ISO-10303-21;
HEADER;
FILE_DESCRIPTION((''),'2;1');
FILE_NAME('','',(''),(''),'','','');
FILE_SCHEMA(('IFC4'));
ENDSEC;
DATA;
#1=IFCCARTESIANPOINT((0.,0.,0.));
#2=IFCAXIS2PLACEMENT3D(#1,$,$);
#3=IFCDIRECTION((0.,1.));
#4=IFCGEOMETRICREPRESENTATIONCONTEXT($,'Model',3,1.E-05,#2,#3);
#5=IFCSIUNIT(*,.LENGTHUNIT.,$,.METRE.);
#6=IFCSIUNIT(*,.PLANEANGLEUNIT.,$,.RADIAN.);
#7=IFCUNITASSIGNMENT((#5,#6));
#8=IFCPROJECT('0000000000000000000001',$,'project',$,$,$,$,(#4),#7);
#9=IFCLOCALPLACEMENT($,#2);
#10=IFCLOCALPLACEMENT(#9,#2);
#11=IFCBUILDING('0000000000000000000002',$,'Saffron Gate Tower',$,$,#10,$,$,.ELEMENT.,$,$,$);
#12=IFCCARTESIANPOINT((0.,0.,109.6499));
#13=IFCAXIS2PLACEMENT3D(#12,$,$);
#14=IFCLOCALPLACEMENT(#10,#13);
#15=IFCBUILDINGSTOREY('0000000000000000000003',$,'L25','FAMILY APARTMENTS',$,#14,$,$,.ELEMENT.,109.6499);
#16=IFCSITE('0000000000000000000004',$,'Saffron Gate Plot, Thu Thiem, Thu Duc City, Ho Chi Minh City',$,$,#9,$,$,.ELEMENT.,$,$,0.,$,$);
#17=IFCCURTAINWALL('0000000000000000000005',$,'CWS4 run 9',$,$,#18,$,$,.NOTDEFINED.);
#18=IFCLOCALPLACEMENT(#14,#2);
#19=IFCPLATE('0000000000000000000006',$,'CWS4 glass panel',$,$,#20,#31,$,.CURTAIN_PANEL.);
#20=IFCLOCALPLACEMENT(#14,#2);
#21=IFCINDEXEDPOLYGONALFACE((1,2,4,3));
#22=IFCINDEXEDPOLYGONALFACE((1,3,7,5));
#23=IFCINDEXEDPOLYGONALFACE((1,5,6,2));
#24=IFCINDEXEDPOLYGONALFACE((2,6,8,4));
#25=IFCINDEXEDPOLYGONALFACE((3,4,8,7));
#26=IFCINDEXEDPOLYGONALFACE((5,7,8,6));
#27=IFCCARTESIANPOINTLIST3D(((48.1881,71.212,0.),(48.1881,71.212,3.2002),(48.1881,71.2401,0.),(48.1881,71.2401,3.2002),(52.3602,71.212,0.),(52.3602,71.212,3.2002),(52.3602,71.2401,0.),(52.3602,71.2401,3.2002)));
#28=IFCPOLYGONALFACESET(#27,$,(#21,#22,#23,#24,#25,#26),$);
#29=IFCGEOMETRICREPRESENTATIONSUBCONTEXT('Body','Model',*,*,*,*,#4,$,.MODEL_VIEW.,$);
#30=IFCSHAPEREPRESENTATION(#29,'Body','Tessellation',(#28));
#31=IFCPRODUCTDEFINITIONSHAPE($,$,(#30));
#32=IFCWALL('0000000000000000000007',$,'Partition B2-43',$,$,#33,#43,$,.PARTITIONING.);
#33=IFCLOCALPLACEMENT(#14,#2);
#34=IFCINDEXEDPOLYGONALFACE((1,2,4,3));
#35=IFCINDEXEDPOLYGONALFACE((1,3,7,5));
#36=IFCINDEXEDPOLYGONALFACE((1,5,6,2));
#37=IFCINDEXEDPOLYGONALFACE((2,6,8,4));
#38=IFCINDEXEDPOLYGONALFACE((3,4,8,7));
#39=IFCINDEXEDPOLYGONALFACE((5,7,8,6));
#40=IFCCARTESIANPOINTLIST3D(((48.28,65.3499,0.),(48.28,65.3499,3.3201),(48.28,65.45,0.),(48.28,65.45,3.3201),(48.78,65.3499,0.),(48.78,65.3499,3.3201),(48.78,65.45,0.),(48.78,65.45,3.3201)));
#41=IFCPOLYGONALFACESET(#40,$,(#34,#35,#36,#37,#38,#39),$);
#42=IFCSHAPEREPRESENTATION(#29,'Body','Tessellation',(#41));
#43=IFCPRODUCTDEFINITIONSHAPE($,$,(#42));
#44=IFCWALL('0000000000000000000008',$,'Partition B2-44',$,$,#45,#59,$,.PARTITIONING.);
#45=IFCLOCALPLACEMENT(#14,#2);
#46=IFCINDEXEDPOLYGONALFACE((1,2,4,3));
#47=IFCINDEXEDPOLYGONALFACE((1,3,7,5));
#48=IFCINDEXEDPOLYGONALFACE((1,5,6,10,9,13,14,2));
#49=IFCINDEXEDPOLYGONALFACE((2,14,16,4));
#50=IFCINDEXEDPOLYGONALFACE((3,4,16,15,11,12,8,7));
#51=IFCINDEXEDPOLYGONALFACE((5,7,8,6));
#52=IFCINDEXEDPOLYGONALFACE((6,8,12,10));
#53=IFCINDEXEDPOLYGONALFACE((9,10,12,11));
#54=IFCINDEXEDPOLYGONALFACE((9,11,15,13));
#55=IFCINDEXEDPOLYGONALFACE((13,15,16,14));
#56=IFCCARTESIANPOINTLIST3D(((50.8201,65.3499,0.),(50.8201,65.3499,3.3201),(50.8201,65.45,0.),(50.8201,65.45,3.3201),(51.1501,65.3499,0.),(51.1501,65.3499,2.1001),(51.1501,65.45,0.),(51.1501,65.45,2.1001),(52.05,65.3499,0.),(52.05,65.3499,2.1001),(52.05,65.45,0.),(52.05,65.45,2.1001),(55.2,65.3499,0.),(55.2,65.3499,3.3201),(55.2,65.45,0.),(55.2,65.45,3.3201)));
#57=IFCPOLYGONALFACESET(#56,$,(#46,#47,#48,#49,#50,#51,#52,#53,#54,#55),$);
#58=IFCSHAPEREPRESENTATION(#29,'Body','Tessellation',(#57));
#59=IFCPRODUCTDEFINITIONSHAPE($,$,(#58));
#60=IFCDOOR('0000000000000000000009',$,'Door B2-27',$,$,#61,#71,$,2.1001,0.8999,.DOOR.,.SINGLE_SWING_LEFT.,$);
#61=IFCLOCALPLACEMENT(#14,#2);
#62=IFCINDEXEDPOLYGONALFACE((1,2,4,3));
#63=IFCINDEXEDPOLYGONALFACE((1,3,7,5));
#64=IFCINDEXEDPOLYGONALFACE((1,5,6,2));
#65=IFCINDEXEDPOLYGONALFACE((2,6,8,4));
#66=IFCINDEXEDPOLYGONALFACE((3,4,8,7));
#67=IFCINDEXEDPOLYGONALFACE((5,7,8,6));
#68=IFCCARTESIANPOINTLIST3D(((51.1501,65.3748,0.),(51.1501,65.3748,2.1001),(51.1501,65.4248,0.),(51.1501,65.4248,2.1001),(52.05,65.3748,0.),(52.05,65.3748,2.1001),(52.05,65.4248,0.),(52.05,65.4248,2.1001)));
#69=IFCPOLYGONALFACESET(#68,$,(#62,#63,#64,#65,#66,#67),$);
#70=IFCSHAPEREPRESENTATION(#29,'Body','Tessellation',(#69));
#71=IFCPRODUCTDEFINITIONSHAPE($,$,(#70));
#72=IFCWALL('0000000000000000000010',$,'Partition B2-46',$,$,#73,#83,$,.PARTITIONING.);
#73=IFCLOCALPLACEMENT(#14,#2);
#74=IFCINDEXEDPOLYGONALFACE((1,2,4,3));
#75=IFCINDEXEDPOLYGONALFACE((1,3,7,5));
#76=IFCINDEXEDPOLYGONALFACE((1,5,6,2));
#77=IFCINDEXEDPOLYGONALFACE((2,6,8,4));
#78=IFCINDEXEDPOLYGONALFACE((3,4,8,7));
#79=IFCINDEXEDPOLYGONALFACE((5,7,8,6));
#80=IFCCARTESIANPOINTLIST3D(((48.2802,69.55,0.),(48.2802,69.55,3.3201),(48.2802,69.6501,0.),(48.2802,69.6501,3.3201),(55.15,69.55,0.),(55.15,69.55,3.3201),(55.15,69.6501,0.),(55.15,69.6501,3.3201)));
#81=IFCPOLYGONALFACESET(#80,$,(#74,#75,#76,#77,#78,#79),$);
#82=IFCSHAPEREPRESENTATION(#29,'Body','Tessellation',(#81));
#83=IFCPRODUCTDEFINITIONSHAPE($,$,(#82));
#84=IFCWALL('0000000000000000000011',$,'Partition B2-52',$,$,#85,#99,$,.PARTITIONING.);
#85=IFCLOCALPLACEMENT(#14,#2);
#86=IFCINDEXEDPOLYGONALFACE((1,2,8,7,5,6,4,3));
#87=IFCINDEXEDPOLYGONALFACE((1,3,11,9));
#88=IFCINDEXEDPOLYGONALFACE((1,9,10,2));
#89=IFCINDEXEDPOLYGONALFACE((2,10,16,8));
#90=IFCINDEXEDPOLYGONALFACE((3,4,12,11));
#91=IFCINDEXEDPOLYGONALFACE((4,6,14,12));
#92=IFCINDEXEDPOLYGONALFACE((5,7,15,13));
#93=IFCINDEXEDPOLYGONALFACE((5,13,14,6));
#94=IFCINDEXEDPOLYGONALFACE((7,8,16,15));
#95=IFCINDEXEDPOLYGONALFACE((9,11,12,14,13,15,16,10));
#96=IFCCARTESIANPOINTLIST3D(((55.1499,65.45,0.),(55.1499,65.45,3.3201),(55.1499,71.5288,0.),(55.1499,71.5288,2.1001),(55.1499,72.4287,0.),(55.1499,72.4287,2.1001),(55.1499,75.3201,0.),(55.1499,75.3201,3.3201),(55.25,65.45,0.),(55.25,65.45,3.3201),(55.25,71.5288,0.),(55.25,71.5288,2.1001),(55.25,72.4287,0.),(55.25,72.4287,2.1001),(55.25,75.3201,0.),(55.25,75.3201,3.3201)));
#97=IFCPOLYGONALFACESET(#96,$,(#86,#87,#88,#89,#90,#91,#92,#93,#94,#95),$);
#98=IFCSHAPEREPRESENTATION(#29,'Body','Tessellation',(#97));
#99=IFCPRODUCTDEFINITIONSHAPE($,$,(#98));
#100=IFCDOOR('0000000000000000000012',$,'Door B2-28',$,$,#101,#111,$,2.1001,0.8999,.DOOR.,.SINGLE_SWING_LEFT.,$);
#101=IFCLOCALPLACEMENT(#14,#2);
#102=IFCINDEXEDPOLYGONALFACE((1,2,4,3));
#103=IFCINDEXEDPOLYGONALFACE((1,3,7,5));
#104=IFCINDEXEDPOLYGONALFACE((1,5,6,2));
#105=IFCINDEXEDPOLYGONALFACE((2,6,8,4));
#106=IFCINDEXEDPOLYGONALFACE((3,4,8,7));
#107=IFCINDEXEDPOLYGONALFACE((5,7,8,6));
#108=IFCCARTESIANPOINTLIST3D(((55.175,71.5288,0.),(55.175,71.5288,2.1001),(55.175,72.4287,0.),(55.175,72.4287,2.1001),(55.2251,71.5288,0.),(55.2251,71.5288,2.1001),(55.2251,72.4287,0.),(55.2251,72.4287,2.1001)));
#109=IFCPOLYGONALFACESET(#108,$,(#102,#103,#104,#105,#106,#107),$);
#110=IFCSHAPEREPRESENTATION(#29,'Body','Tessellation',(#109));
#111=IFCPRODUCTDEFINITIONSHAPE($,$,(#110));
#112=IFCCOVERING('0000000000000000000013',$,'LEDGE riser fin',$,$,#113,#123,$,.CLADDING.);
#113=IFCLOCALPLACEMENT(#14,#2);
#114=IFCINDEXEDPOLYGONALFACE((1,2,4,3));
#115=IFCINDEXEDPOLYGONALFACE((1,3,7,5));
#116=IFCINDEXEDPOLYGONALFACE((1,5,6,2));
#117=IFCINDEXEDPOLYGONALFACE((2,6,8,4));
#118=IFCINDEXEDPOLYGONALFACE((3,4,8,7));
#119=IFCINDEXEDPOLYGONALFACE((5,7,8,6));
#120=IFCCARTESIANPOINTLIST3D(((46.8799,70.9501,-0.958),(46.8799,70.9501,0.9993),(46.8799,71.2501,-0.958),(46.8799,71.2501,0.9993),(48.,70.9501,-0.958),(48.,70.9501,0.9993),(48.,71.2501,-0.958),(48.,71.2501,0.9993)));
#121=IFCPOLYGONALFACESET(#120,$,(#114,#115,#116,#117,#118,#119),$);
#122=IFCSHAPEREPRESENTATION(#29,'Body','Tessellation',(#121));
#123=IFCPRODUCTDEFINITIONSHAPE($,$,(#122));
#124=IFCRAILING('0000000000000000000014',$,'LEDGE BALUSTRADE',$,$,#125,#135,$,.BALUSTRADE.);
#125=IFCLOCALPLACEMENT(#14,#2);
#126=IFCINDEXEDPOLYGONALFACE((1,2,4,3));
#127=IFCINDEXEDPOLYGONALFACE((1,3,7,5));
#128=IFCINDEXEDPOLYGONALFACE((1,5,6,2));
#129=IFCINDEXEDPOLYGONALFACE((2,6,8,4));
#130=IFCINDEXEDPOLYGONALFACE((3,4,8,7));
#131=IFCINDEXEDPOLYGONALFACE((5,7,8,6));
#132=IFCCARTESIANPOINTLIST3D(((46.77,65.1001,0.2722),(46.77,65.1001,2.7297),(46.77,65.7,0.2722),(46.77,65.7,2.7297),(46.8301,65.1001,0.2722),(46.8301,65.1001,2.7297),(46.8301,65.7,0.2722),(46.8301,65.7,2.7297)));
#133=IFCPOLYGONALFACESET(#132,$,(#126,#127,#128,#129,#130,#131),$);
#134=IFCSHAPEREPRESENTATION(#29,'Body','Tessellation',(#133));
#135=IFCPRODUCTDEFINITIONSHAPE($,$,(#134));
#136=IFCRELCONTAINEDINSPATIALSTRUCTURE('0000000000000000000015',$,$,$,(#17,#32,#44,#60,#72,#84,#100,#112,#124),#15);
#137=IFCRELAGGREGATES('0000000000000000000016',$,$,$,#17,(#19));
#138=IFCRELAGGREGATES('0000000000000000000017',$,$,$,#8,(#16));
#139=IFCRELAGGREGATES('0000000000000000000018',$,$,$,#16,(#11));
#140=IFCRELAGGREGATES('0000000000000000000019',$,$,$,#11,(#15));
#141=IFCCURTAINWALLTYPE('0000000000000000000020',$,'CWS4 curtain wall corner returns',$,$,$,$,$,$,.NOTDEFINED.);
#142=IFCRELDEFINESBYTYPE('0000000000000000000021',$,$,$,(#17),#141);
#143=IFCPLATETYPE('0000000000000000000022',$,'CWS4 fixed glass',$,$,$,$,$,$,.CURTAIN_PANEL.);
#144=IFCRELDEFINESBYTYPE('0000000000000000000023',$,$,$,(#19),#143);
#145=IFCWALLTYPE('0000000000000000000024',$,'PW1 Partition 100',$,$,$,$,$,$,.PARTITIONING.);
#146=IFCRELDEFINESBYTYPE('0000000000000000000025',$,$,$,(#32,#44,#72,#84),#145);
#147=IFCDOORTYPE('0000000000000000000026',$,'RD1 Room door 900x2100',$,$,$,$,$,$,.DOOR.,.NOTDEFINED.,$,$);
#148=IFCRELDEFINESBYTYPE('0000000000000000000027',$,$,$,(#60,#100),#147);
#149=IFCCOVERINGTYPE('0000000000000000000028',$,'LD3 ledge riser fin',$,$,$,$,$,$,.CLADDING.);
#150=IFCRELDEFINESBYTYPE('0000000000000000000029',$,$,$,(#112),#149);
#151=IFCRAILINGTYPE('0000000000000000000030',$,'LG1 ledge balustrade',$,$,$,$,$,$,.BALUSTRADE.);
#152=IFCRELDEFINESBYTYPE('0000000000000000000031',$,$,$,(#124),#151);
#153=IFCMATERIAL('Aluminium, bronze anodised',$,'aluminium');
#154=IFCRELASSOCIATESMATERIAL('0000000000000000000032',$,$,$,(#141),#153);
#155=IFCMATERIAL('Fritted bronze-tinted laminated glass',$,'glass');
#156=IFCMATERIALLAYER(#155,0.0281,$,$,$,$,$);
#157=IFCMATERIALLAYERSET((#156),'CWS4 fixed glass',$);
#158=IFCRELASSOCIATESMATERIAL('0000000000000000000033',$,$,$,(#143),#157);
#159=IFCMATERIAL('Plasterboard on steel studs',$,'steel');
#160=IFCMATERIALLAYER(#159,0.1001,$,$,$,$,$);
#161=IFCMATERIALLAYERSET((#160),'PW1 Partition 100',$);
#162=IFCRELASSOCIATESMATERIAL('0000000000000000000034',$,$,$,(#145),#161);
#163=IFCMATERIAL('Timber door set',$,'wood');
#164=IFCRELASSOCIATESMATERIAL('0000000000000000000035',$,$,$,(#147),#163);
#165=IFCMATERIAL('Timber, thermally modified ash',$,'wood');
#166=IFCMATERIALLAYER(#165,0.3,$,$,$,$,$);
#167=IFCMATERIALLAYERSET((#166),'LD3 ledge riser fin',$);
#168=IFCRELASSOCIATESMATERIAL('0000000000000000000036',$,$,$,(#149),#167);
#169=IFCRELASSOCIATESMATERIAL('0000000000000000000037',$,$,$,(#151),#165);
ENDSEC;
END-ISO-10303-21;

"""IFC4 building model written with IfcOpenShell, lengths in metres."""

from ifc_helpers import new_model, si_unit, direction, frame, frame_2d, origin, origin_2d, place, context, subcontext, project, spatial, rectangle, extrude, material, layer, layer_set, type_object, element, fill, aggregate, save


model = new_model("IFC4")

# Units and contexts
model_context = context("Model", 3, precision=1e-05, world=origin(), true_north=direction((0.0, 1.0)))
body_context = subcontext(model_context, "Body", "Model", "MODEL_VIEW")
ifc_project = project(units=[si_unit("LENGTHUNIT", "METRE"), si_unit("PLANEANGLEUNIT", "RADIAN")], contexts=[model_context])

# Site, building, storey
site_placement = place(None, origin())
site = spatial("IfcSite", under=ifc_project, at=site_placement, Name="Saffron Gate Plot, Thu Thiem, Thu Duc City, Ho Chi Minh City", CompositionType="ELEMENT", RefElevation=0.0)
building_placement = place(site_placement, origin())
building = spatial("IfcBuilding", under=site, at=building_placement, Name="Saffron Gate Tower", CompositionType="ELEMENT")
storey_placement = place(building_placement, frame((0.0, 0.0, 109.6499)))
storey = spatial("IfcBuildingStorey", under=building, at=storey_placement, Name="L25", Description="FAMILY APARTMENTS", CompositionType="ELEMENT", Elevation=109.6499)

# Shared definitions
ifc_material_1 = material(Name="Aluminium, bronze anodised", Category="aluminium")

# Curtain wall
curtain_wall_type_1 = type_object("IfcCurtainWallType", Name="CWS4 curtain wall corner returns", PredefinedType="NOTDEFINED", material=ifc_material_1)
curtain_wall_1_placement = place(storey_placement, origin())
curtain_wall_1 = element("IfcCurtainWall", 1, at=curtain_wall_1_placement, inside=storey, type_object=curtain_wall_type_1, Name="CWS4 run 9", PredefinedType="NOTDEFINED")

# Shared definitions
ifc_material_2 = material(Name="Fritted bronze-tinted laminated glass", Category="glass")

# Plate
ifc_layer_1 = layer(ifc_material_2, 0.0281)
ifc_layer_set_1 = layer_set([ifc_layer_1], Name="CWS4 fixed glass")
plate_type_1 = type_object("IfcPlateType", Name="CWS4 fixed glass", PredefinedType="CURTAIN_PANEL", material=ifc_layer_set_1)
plate_1_placement = place(storey_placement, frame((52.3601, 71.2261, 0.0), z_axis=(0.0, 0.0, 1.0), x_axis=(-1.0, 0.0, 0.0)))
plate_1 = element("IfcPlate", 2, at=plate_1_placement, type_object=plate_type_1, Name="CWS4 glass panel", PredefinedType="CURTAIN_PANEL", context=body_context, shape_type="SweptSolid", body=[
    extrude(rectangle(XDim=4.1721, YDim=0.0281, at=frame_2d((2.0859, 0.0))), origin(), (0.0, 0.0, 1.0), 3.2002),
])
aggregate(curtain_wall_1, [plate_1])

# Wall
ifc_material_3 = material(Name="Plasterboard on steel studs", Category="steel")
ifc_layer_2 = layer(ifc_material_3, 0.1001)
ifc_layer_set_2 = layer_set([ifc_layer_2], Name="PW1 Partition 100")
wall_type = type_object("IfcWallType", Name="PW1 Partition 100", PredefinedType="PARTITIONING", material=ifc_layer_set_2)
wall_1_placement = place(storey_placement, frame((48.28, 65.3999, 0.0), z_axis=(0.0, 0.0, 1.0), x_axis=(1.0, 0.0, 0.0)))
element("IfcWall", 3, at=wall_1_placement, inside=storey, type_object=wall_type, Name="Partition B2-43", PredefinedType="PARTITIONING", context=body_context, shape_type="SweptSolid", body=[
    extrude(rectangle(XDim=0.5, YDim=0.1001, at=frame_2d((0.25, 0.0))), origin(), (0.0, 0.0, 1.0), 3.3201),
])

# Wall, opening, door
wall_2_placement = place(storey_placement, frame((50.8201, 65.3999, 0.0), z_axis=(0.0, 0.0, 1.0), x_axis=(1.0, 0.0, 0.0)))
wall_2 = element("IfcWall", 4, at=wall_2_placement, inside=storey, type_object=wall_type, Name="Partition B2-44", PredefinedType="PARTITIONING", context=body_context, shape_type="SweptSolid", body=[
    extrude(rectangle(XDim=4.3799, YDim=0.1001, at=frame_2d((2.1899, 0.0))), origin(), (0.0, 0.0, 1.0), 3.3201),
])
opening_1_placement = place(wall_2_placement, frame((0.3301, 0.0, 0.0)))
opening_1 = element("IfcOpeningElement", 5, at=opening_1_placement, cuts=wall_2, PredefinedType="OPENING", context=body_context, shape_type="SweptSolid", body=[
    extrude(rectangle(XDim=0.8999, YDim=2.1001, at=frame_2d((0.45, 1.05))), frame((0.0, 0.0601, 0.0), z_axis=(0.0, -1.0, 0.0), x_axis=(1.0, 0.0, 0.0)), (0.0, 0.0, 1.0), 0.1201),
])
ifc_material_4 = material(Name="Timber door set", Category="wood")
door_type = type_object("IfcDoorType", Name="RD1 Room door 900x2100", OperationType="NOTDEFINED", PredefinedType="DOOR", material=ifc_material_4)
door_1_placement = place(opening_1_placement, origin())
door_1 = element("IfcDoor", 6, at=door_1_placement, inside=storey, type_object=door_type, Name="Door B2-27", OperationType="SINGLE_SWING_LEFT", OverallHeight=2.1001, OverallWidth=0.8999, PredefinedType="DOOR", context=body_context, shape_type="SweptSolid", body=[
    extrude(rectangle(XDim=0.8999, YDim=2.1001, at=frame_2d((0.45, 1.05))), frame((0.0, 0.0249, 0.0), z_axis=(0.0, -1.0, 0.0), x_axis=(1.0, 0.0, 0.0)), (0.0, 0.0, 1.0), 0.05),
])
fill(opening_1, door_1)

# Wall
wall_3_placement = place(storey_placement, frame((48.28, 69.6001, 0.0), z_axis=(0.0, 0.0, 1.0), x_axis=(1.0, 0.0, 0.0)))
element("IfcWall", 7, at=wall_3_placement, inside=storey, type_object=wall_type, Name="Partition B2-46", PredefinedType="PARTITIONING", context=body_context, shape_type="SweptSolid", body=[
    extrude(rectangle(XDim=6.8699, YDim=0.1001, at=frame_2d((3.4351, 0.0))), origin(), (0.0, 0.0, 1.0), 3.3201),
])

# Wall, opening, door
wall_4_placement = place(storey_placement, frame((55.2, 65.45, 0.0), z_axis=(0.0, 0.0, 1.0), x_axis=(0.0, 1.0, 0.0)))
wall_4 = element("IfcWall", 8, at=wall_4_placement, inside=storey, type_object=wall_type, Name="Partition B2-52", PredefinedType="PARTITIONING", context=body_context, shape_type="SweptSolid", body=[
    extrude(rectangle(XDim=9.8701, YDim=0.1001, at=frame_2d((4.9351, 0.0))), origin(), (0.0, 0.0, 1.0), 3.3201),
])
opening_2_placement = place(wall_4_placement, frame((6.0789, 0.0, 0.0)))
opening_2 = element("IfcOpeningElement", 9, at=opening_2_placement, cuts=wall_4, PredefinedType="OPENING", context=body_context, shape_type="SweptSolid", body=[
    extrude(rectangle(XDim=0.8999, YDim=2.1001, at=frame_2d((0.45, 1.05))), frame((0.0, 0.0601, 0.0), z_axis=(0.0, -1.0, 0.0), x_axis=(1.0, 0.0, 0.0)), (0.0, 0.0, 1.0), 0.1201),
])
door_2_placement = place(opening_2_placement, origin())
door_2 = element("IfcDoor", 10, at=door_2_placement, inside=storey, type_object=door_type, Name="Door B2-28", OperationType="SINGLE_SWING_LEFT", OverallHeight=2.1001, OverallWidth=0.8999, PredefinedType="DOOR", context=body_context, shape_type="SweptSolid", body=[
    extrude(rectangle(XDim=0.8999, YDim=2.1001, at=frame_2d((0.45, 1.05))), frame((0.0, 0.0249, 0.0), z_axis=(0.0, -1.0, 0.0), x_axis=(1.0, 0.0, 0.0)), (0.0, 0.0, 1.0), 0.05),
])
fill(opening_2, door_2)

# Covering
ifc_material_5 = material(Name="Timber, thermally modified ash", Category="wood")
ifc_layer_3 = layer(ifc_material_5, 0.3)
ifc_layer_set_3 = layer_set([ifc_layer_3], Name="LD3 ledge riser fin")
covering_type = type_object("IfcCoveringType", Name="LD3 ledge riser fin", PredefinedType="CLADDING", material=ifc_layer_set_3)
covering_placement = place(storey_placement, frame((47.4399, 71.1001, -0.958), z_axis=(0.0, 0.0, 1.0), x_axis=(0.0, -1.0, 0.0)))
element("IfcCovering", 11, at=covering_placement, inside=storey, type_object=covering_type, Name="LEDGE riser fin", PredefinedType="CLADDING", context=body_context, shape_type="SweptSolid", body=[
    extrude(rectangle(XDim=0.3, YDim=1.1201, at=origin_2d()), origin(), (0.0, 0.0, 1.0), 1.9573),
])

# Railing
railing_type = type_object("IfcRailingType", Name="LG1 ledge balustrade", PredefinedType="BALUSTRADE", material=ifc_material_5)
railing_placement = place(storey_placement, frame((46.8, 65.7, 0.2722)))
element("IfcRailing", 12, at=railing_placement, inside=storey, type_object=railing_type, Name="LEDGE BALUSTRADE", PredefinedType="BALUSTRADE", context=body_context, shape_type="SweptSolid", body=[
    extrude(rectangle(XDim=0.0601, YDim=2.4575, at=origin_2d()), frame((0.0, 0.0, 1.2288), z_axis=(0.0, -1.0, 0.0), x_axis=(1.0, 0.0, 0.0)), (0.0, 0.0, 1.0), 0.5999),
])

save(model, "model.ifc")
